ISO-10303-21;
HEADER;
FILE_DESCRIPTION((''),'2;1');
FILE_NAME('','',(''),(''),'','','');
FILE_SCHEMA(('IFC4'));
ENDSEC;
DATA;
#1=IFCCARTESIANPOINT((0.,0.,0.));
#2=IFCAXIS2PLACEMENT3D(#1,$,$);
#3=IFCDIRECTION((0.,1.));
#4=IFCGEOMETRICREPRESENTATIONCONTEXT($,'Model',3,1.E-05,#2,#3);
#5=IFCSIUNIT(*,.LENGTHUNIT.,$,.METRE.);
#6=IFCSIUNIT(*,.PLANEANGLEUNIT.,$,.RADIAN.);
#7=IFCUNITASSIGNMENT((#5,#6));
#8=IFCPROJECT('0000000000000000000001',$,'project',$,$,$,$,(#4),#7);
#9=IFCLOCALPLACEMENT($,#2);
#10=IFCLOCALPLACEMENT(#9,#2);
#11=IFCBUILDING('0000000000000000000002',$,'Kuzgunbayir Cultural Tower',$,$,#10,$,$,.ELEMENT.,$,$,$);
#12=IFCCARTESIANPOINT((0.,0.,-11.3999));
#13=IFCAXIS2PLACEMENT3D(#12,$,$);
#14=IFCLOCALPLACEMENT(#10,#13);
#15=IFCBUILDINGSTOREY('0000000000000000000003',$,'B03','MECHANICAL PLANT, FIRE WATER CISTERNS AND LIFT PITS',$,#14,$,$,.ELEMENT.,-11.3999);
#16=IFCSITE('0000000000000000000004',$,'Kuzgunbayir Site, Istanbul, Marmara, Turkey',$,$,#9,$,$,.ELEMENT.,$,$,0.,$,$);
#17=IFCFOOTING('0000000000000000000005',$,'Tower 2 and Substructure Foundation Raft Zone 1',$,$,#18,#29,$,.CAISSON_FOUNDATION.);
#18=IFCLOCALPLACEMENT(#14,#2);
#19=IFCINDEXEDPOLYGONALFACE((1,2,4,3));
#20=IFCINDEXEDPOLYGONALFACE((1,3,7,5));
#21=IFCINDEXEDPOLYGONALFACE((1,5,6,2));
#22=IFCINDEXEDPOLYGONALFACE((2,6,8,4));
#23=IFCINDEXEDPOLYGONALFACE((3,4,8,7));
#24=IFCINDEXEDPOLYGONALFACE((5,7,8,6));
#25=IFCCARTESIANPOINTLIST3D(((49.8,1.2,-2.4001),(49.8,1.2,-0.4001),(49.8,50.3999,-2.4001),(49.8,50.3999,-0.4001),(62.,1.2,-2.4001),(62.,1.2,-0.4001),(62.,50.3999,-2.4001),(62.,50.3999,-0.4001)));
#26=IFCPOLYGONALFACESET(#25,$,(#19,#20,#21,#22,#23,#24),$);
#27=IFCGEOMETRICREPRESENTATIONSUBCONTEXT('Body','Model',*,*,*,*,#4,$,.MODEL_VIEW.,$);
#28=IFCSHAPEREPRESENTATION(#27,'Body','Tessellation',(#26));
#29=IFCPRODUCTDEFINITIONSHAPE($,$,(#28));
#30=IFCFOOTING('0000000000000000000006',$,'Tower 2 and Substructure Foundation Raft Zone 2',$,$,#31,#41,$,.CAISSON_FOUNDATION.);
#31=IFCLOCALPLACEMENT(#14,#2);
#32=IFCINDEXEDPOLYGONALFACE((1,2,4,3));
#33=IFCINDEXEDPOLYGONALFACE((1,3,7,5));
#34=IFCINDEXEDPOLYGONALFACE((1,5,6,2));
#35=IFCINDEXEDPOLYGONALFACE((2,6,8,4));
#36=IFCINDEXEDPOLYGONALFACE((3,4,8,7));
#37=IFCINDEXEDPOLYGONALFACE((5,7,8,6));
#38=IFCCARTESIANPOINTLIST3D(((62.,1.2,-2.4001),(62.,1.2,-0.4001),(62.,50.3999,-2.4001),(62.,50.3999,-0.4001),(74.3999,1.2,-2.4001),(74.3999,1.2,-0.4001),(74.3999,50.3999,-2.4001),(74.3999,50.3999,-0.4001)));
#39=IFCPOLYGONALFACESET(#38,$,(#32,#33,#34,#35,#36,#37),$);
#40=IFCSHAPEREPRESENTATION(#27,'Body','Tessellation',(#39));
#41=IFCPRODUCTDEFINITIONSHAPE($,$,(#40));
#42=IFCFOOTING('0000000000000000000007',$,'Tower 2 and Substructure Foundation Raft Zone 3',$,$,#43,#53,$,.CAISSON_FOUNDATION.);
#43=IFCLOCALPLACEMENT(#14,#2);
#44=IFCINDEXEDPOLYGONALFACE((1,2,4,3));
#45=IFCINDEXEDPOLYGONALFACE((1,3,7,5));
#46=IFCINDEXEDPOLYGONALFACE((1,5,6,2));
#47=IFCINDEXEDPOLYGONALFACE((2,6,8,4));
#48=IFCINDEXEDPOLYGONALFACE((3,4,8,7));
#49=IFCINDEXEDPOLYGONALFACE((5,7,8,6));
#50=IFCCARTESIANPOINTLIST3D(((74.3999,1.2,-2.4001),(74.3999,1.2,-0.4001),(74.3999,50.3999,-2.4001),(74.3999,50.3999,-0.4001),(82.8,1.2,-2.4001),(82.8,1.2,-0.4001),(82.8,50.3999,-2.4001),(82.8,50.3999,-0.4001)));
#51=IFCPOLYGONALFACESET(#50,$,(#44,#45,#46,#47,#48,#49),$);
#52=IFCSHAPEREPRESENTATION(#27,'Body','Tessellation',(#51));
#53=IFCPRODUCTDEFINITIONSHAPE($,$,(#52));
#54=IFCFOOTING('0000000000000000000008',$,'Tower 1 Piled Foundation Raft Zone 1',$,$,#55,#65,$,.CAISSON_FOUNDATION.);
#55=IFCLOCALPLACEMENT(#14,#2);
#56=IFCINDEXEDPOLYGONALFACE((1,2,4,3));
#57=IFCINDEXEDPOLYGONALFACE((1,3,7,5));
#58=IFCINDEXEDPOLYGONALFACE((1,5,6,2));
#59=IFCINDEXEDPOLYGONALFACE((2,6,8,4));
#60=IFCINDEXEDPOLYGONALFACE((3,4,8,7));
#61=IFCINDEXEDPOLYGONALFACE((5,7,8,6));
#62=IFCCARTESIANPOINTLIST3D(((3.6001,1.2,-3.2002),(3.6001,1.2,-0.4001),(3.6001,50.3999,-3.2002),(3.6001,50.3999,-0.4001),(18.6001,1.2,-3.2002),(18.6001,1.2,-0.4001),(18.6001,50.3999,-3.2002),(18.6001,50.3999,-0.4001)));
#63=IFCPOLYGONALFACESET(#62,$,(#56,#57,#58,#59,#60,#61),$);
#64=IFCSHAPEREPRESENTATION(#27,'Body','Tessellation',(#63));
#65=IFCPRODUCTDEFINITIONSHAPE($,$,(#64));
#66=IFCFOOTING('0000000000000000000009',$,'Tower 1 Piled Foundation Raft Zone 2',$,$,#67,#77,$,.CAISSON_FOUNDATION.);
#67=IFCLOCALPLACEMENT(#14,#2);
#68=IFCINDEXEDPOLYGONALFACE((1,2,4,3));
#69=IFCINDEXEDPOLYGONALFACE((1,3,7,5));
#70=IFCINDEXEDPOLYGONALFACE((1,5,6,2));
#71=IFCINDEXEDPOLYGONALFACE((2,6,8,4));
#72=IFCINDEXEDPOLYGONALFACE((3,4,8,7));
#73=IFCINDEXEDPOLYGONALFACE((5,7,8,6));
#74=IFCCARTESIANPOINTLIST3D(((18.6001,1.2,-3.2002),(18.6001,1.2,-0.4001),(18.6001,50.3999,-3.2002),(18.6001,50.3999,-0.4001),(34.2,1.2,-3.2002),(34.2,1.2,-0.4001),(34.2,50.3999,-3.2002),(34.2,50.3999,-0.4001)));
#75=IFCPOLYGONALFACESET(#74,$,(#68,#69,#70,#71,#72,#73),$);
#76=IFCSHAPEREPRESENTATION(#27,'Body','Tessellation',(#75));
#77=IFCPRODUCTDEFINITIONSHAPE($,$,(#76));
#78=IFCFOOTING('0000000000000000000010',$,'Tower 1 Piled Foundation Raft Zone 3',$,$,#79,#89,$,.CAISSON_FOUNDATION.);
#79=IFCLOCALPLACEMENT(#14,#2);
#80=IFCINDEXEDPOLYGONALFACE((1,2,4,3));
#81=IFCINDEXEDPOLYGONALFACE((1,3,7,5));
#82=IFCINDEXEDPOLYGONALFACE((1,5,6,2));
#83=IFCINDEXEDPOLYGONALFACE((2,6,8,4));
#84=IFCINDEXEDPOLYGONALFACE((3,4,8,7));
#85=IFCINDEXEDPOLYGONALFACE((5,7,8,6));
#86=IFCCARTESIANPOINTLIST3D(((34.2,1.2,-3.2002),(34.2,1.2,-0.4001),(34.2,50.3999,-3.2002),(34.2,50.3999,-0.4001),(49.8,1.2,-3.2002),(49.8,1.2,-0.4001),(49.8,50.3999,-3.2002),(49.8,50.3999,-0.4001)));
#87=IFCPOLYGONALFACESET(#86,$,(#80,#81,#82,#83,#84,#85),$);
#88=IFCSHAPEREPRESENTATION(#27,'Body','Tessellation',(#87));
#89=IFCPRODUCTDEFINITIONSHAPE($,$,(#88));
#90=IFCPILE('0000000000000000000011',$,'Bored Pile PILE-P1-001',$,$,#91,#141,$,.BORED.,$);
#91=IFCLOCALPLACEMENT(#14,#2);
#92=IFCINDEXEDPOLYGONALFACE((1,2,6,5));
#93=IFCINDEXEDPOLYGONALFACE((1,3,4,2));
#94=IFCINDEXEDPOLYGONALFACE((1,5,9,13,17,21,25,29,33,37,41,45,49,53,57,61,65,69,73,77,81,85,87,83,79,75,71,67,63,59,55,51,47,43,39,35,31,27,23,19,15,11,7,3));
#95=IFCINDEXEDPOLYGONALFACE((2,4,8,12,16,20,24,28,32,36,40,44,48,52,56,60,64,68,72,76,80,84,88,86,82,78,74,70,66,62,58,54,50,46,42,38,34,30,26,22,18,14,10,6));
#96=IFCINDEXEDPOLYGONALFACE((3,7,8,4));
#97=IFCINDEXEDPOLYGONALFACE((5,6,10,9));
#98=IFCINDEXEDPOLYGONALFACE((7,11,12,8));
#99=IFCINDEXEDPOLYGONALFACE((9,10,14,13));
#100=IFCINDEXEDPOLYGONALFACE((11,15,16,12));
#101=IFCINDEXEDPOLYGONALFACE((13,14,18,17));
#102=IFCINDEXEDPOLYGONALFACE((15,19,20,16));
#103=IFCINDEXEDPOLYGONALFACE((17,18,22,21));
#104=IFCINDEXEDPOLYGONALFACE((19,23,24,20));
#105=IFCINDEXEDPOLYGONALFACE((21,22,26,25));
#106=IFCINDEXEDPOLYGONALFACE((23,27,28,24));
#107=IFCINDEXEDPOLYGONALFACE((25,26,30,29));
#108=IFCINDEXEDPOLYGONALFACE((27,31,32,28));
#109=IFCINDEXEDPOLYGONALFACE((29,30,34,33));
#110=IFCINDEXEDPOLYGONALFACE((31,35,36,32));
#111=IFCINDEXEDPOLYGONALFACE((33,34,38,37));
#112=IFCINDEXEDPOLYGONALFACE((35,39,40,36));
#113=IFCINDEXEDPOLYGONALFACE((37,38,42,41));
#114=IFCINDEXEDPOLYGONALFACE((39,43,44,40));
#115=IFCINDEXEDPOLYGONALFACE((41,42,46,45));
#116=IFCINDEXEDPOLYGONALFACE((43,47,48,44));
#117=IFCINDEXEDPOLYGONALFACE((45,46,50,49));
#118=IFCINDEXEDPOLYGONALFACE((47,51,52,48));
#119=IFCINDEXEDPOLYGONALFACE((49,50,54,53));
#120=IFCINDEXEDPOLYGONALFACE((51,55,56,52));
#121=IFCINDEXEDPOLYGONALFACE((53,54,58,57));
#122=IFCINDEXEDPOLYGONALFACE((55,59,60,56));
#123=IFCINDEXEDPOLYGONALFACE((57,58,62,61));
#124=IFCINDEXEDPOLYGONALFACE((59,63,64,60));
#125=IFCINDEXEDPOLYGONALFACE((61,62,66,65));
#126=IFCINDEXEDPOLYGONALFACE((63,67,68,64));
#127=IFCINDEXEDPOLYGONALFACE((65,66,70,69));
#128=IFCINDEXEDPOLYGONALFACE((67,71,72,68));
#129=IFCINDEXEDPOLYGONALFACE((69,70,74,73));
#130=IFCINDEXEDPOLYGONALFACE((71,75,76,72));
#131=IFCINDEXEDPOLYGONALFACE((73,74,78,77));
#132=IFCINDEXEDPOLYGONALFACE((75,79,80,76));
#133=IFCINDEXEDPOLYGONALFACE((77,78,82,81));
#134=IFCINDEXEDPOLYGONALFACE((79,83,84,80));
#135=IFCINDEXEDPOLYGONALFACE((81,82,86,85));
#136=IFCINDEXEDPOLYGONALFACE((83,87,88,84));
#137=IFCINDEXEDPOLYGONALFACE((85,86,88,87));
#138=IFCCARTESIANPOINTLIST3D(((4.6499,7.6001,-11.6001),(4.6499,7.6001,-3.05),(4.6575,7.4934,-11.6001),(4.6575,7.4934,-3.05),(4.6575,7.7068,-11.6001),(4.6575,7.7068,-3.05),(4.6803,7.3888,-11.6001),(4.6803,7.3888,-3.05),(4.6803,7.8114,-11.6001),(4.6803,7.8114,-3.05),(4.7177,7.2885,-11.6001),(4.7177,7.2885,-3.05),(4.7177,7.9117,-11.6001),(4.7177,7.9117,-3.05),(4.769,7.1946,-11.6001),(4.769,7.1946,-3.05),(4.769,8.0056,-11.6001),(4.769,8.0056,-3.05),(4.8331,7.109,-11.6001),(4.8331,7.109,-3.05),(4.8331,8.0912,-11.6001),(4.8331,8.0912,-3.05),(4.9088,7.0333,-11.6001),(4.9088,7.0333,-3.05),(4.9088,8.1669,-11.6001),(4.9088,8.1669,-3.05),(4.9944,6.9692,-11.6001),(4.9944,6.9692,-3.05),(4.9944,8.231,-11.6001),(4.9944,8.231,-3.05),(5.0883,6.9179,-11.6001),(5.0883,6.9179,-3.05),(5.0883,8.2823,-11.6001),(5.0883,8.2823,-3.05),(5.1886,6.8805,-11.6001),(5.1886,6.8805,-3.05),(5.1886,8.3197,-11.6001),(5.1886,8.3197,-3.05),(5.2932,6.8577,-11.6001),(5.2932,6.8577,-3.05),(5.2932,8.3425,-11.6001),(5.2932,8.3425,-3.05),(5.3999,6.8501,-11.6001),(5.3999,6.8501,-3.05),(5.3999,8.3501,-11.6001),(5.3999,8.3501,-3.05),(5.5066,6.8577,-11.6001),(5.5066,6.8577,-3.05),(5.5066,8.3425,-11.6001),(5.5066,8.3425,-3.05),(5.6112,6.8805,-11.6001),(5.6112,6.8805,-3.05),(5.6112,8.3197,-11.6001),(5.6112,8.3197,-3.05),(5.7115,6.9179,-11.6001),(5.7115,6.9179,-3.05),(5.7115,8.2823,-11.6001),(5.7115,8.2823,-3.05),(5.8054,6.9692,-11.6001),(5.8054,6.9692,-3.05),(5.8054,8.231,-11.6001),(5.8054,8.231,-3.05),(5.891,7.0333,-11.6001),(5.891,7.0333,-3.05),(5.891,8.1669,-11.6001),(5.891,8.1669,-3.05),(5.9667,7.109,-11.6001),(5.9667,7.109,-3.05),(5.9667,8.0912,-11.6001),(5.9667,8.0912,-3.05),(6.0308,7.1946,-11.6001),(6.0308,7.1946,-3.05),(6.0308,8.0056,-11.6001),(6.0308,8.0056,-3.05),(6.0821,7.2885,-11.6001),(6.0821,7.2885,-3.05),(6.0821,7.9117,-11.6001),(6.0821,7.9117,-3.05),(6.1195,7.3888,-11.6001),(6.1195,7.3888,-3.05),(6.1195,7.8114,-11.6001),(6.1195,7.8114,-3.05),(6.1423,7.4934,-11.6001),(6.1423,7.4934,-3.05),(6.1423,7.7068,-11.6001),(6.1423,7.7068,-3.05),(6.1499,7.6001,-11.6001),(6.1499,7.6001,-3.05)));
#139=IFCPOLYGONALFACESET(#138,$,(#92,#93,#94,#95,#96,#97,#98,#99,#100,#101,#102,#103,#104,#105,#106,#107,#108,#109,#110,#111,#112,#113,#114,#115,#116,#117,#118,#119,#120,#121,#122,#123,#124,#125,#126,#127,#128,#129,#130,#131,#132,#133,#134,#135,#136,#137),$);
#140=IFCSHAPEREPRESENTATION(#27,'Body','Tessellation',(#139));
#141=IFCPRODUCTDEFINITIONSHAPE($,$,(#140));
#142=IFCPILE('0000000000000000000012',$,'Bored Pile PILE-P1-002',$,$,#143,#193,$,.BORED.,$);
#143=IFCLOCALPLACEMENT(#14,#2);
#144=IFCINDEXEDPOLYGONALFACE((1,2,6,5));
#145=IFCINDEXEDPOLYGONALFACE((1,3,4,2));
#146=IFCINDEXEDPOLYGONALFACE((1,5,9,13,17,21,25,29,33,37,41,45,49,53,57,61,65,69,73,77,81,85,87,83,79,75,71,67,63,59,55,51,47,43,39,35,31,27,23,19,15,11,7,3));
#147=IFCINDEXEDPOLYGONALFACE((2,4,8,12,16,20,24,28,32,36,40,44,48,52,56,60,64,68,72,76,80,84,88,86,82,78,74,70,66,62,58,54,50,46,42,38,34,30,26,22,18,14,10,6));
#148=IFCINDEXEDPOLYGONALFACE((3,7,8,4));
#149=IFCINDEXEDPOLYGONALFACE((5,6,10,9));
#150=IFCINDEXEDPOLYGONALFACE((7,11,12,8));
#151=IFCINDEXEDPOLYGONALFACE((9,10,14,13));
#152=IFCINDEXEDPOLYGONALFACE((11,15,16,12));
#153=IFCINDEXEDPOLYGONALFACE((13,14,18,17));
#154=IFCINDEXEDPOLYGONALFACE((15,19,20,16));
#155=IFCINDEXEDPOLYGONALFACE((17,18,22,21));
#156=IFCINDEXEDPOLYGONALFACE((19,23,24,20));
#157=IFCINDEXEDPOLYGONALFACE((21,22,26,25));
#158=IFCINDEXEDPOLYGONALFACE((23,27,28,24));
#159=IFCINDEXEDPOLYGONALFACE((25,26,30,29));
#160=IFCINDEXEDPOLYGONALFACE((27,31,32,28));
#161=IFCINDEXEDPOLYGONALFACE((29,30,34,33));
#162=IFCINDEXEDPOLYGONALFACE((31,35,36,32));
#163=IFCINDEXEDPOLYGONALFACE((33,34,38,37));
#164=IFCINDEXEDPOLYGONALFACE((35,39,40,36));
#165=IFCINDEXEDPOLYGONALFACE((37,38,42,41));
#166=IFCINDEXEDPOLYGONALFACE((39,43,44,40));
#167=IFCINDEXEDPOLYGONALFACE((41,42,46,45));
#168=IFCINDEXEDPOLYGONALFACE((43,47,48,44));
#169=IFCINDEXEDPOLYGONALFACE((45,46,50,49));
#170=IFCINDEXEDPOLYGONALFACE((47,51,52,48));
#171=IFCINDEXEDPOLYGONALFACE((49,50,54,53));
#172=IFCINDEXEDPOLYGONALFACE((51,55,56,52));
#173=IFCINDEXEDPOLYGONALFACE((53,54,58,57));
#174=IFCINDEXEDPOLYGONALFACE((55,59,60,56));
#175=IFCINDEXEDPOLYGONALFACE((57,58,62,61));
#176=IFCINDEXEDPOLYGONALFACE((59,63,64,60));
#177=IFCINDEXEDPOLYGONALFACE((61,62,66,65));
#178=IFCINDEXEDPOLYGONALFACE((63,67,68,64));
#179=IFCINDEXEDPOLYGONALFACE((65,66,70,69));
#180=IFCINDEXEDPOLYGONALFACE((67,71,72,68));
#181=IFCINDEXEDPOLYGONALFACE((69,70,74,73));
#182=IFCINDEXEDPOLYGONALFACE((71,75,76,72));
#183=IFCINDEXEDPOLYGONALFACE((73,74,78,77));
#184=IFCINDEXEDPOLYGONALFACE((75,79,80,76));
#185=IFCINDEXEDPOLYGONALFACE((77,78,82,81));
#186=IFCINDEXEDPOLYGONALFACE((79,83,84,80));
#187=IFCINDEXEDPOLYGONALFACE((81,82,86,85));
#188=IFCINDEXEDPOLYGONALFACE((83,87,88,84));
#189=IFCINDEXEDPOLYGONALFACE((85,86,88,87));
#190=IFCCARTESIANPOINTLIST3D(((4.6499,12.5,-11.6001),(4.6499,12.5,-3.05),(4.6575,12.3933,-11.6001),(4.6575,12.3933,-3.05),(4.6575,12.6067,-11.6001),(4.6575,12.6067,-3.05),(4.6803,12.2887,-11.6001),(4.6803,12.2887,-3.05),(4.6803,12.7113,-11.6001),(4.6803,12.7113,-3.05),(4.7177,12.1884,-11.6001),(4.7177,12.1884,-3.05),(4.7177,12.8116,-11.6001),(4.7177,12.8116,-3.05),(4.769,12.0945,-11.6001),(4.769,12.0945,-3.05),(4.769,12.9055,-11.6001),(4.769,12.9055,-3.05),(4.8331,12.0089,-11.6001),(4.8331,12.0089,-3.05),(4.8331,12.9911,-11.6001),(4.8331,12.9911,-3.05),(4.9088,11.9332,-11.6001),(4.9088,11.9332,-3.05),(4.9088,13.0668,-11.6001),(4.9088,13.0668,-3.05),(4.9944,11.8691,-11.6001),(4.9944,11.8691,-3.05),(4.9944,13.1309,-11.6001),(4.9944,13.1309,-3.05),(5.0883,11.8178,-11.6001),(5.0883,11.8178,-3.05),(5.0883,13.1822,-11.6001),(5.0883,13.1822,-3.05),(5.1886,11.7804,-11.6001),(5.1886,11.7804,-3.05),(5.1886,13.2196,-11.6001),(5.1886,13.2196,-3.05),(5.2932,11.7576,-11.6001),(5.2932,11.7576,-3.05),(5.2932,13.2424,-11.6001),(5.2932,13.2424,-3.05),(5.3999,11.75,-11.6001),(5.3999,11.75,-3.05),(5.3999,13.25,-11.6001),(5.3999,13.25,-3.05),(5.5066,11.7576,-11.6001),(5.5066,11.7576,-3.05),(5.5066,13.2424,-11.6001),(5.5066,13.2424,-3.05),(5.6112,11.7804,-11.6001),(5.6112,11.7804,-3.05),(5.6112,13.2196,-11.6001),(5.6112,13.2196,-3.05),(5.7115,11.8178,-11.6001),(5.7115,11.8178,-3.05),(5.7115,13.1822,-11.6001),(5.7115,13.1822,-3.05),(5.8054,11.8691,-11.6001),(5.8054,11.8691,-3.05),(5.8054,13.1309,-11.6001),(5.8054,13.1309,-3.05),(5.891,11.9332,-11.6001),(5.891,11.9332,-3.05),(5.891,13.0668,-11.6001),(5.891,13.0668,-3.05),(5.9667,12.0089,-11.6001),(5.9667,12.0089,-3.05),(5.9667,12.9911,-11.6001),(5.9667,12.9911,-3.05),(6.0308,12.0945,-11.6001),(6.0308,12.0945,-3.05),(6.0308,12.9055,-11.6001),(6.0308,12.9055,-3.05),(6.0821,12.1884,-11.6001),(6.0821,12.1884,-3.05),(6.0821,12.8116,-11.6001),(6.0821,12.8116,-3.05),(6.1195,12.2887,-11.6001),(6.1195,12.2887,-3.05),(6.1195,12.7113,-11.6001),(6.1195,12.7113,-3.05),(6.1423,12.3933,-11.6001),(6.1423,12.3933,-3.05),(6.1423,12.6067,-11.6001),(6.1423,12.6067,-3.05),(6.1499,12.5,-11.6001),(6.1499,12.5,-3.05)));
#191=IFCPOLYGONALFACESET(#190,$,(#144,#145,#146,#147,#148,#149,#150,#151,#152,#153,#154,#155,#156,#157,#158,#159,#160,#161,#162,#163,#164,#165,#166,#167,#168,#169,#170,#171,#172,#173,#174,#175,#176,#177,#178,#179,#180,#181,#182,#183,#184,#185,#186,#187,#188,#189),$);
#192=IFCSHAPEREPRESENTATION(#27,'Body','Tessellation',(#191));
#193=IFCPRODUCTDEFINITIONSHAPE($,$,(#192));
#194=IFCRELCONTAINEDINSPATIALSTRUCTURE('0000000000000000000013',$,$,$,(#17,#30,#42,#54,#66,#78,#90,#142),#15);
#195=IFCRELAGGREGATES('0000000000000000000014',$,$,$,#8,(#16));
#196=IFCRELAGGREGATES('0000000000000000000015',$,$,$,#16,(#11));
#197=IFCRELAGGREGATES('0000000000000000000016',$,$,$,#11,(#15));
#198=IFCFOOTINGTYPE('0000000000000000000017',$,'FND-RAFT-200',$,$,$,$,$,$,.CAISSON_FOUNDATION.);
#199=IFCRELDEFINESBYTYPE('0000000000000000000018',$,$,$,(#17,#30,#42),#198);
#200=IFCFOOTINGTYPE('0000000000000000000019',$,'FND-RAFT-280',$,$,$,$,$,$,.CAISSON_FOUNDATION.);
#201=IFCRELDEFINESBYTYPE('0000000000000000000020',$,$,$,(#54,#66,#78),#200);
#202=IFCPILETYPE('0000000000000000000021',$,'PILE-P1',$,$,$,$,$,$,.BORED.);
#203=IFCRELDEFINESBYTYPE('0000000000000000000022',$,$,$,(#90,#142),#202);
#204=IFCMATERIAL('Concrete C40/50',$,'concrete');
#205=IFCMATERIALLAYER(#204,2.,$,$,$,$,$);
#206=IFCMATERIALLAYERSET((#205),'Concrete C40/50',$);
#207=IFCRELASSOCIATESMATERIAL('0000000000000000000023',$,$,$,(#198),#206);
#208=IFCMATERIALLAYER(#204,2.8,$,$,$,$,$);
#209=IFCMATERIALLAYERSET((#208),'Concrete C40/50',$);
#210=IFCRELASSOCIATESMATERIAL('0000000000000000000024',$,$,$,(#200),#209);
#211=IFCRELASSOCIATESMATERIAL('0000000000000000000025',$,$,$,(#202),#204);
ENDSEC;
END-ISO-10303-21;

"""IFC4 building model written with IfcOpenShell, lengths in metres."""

from ifc_helpers import new_model, si_unit, direction, frame, origin, origin_2d, place, context, subcontext, project, spatial, polyline, circle, outline, extrude, material, layer, layer_set, material_profile, profile_set, type_object, element, save


model = new_model("IFC4")

# Units and contexts
model_context = context("Model", 3, precision=1e-05, world=origin(), true_north=direction((0.0, 1.0)))
body_context = subcontext(model_context, "Body", "Model", "MODEL_VIEW")
ifc_project = project(units=[si_unit("LENGTHUNIT", "METRE"), si_unit("PLANEANGLEUNIT", "RADIAN")], contexts=[model_context])

# Site, building, storey
site_placement = place(None, origin())
site = spatial("IfcSite", under=ifc_project, at=site_placement, Name="Kuzgunbayir Site, Istanbul, Marmara, Turkey", CompositionType="ELEMENT", RefElevation=0.0)
building_placement = place(site_placement, origin())
building = spatial("IfcBuilding", under=site, at=building_placement, Name="Kuzgunbayir Cultural Tower", CompositionType="ELEMENT")
storey_placement = place(building_placement, frame((0.0, 0.0, -11.3999)))
storey = spatial("IfcBuildingStorey", under=building, at=storey_placement, Name="B03", Description="MECHANICAL PLANT, FIRE WATER CISTERNS AND LIFT PITS", CompositionType="ELEMENT", Elevation=-11.3999)

# Footings
ifc_material_1 = material(Name="Concrete C40/50", Category="concrete")
ifc_layer_1 = layer(ifc_material_1, 2.0)
ifc_layer_set_1 = layer_set([ifc_layer_1], Name="Concrete C40/50")
footing_type_1 = type_object("IfcFootingType", Name="FND-RAFT-200", PredefinedType="CAISSON_FOUNDATION", material=ifc_layer_set_1)
footing_1_placement = place(storey_placement, frame((0.0, 0.0, -2.4001)))
element("IfcFooting", 1, at=footing_1_placement, inside=storey, type_object=footing_type_1, Name="Tower 2 and Substructure Foundation Raft Zone 1", PredefinedType="CAISSON_FOUNDATION", context=body_context, shape_type="SweptSolid", body=[
    extrude(outline(polyline([(49.8, 1.2), (62.0, 1.2), (62.0, 50.3999), (49.8, 50.3999), (49.8, 1.2)])), origin(), (0.0, 0.0, 1.0), 2.0),
])
footing_2_placement = place(storey_placement, frame((0.0, 0.0, -2.4001)))
element("IfcFooting", 2, at=footing_2_placement, inside=storey, type_object=footing_type_1, Name="Tower 2 and Substructure Foundation Raft Zone 2", PredefinedType="CAISSON_FOUNDATION", context=body_context, shape_type="SweptSolid", body=[
    extrude(outline(polyline([(62.0, 1.2), (74.3999, 1.2), (74.3999, 50.3999), (62.0, 50.3999), (62.0, 1.2)])), origin(), (0.0, 0.0, 1.0), 2.0),
])
footing_3_placement = place(storey_placement, frame((0.0, 0.0, -2.4001)))
element("IfcFooting", 3, at=footing_3_placement, inside=storey, type_object=footing_type_1, Name="Tower 2 and Substructure Foundation Raft Zone 3", PredefinedType="CAISSON_FOUNDATION", context=body_context, shape_type="SweptSolid", body=[
    extrude(outline(polyline([(74.3999, 1.2), (82.8, 1.2), (82.8, 50.3999), (74.3999, 50.3999), (74.3999, 1.2)])), origin(), (0.0, 0.0, 1.0), 2.0),
])
ifc_layer_2 = layer(ifc_material_1, 2.8)
ifc_layer_set_2 = layer_set([ifc_layer_2], Name="Concrete C40/50")
footing_type_2 = type_object("IfcFootingType", Name="FND-RAFT-280", PredefinedType="CAISSON_FOUNDATION", material=ifc_layer_set_2)
footing_4_placement = place(storey_placement, frame((0.0, 0.0, -3.2002)))
element("IfcFooting", 4, at=footing_4_placement, inside=storey, type_object=footing_type_2, Name="Tower 1 Piled Foundation Raft Zone 1", PredefinedType="CAISSON_FOUNDATION", context=body_context, shape_type="SweptSolid", body=[
    extrude(outline(polyline([(3.6001, 1.2), (18.6001, 1.2), (18.6001, 50.3999), (3.6001, 50.3999), (3.6001, 1.2)])), origin(), (0.0, 0.0, 1.0), 2.8),
])
footing_5_placement = place(storey_placement, frame((0.0, 0.0, -3.2002)))
element("IfcFooting", 5, at=footing_5_placement, inside=storey, type_object=footing_type_2, Name="Tower 1 Piled Foundation Raft Zone 2", PredefinedType="CAISSON_FOUNDATION", context=body_context, shape_type="SweptSolid", body=[
    extrude(outline(polyline([(18.6001, 1.2), (34.2, 1.2), (34.2, 50.3999), (18.6001, 50.3999), (18.6001, 1.2)])), origin(), (0.0, 0.0, 1.0), 2.8),
])
footing_6_placement = place(storey_placement, frame((0.0, 0.0, -3.2002)))
element("IfcFooting", 6, at=footing_6_placement, inside=storey, type_object=footing_type_2, Name="Tower 1 Piled Foundation Raft Zone 3", PredefinedType="CAISSON_FOUNDATION", context=body_context, shape_type="SweptSolid", body=[
    extrude(outline(polyline([(34.2, 1.2), (49.8, 1.2), (49.8, 50.3999), (34.2, 50.3999), (34.2, 1.2)])), origin(), (0.0, 0.0, 1.0), 2.8),
])

# Piles
ifc_material_profile_1 = material_profile(ifc_material_1, circle(Radius=0.75, at=origin_2d()), Name="BORED PILE 1500")
ifc_profile_set_1 = profile_set([ifc_material_profile_1], Name="Concrete C40/50")
pile_type_1 = type_object("IfcPileType", Name="PILE-P1", PredefinedType="BORED", material=ifc_profile_set_1)
for number, where, z_axis, x_axis, name in (
    (7, (5.3999, 7.6001, -3.05), (0.0, 0.0, -1.0), (1.0, 0.0, 0.0), "Bored Pile PILE-P1-001"),
    (8, (5.3999, 12.5, -3.05), (0.0, 0.0, -1.0), (1.0, 0.0, 0.0), "Bored Pile PILE-P1-002"),
):
    element("IfcPile", number, at=place(storey_placement, frame(where, z_axis=z_axis, x_axis=x_axis)), inside=storey, type_object=pile_type_1, Name=name, PredefinedType="BORED", context=body_context, shape_type="SweptSolid", body=[
        extrude(circle(Radius=0.75, at=origin_2d()), origin(), (0.0, 0.0, 1.0), 8.55),
    ])

save(model, "model.ifc")
